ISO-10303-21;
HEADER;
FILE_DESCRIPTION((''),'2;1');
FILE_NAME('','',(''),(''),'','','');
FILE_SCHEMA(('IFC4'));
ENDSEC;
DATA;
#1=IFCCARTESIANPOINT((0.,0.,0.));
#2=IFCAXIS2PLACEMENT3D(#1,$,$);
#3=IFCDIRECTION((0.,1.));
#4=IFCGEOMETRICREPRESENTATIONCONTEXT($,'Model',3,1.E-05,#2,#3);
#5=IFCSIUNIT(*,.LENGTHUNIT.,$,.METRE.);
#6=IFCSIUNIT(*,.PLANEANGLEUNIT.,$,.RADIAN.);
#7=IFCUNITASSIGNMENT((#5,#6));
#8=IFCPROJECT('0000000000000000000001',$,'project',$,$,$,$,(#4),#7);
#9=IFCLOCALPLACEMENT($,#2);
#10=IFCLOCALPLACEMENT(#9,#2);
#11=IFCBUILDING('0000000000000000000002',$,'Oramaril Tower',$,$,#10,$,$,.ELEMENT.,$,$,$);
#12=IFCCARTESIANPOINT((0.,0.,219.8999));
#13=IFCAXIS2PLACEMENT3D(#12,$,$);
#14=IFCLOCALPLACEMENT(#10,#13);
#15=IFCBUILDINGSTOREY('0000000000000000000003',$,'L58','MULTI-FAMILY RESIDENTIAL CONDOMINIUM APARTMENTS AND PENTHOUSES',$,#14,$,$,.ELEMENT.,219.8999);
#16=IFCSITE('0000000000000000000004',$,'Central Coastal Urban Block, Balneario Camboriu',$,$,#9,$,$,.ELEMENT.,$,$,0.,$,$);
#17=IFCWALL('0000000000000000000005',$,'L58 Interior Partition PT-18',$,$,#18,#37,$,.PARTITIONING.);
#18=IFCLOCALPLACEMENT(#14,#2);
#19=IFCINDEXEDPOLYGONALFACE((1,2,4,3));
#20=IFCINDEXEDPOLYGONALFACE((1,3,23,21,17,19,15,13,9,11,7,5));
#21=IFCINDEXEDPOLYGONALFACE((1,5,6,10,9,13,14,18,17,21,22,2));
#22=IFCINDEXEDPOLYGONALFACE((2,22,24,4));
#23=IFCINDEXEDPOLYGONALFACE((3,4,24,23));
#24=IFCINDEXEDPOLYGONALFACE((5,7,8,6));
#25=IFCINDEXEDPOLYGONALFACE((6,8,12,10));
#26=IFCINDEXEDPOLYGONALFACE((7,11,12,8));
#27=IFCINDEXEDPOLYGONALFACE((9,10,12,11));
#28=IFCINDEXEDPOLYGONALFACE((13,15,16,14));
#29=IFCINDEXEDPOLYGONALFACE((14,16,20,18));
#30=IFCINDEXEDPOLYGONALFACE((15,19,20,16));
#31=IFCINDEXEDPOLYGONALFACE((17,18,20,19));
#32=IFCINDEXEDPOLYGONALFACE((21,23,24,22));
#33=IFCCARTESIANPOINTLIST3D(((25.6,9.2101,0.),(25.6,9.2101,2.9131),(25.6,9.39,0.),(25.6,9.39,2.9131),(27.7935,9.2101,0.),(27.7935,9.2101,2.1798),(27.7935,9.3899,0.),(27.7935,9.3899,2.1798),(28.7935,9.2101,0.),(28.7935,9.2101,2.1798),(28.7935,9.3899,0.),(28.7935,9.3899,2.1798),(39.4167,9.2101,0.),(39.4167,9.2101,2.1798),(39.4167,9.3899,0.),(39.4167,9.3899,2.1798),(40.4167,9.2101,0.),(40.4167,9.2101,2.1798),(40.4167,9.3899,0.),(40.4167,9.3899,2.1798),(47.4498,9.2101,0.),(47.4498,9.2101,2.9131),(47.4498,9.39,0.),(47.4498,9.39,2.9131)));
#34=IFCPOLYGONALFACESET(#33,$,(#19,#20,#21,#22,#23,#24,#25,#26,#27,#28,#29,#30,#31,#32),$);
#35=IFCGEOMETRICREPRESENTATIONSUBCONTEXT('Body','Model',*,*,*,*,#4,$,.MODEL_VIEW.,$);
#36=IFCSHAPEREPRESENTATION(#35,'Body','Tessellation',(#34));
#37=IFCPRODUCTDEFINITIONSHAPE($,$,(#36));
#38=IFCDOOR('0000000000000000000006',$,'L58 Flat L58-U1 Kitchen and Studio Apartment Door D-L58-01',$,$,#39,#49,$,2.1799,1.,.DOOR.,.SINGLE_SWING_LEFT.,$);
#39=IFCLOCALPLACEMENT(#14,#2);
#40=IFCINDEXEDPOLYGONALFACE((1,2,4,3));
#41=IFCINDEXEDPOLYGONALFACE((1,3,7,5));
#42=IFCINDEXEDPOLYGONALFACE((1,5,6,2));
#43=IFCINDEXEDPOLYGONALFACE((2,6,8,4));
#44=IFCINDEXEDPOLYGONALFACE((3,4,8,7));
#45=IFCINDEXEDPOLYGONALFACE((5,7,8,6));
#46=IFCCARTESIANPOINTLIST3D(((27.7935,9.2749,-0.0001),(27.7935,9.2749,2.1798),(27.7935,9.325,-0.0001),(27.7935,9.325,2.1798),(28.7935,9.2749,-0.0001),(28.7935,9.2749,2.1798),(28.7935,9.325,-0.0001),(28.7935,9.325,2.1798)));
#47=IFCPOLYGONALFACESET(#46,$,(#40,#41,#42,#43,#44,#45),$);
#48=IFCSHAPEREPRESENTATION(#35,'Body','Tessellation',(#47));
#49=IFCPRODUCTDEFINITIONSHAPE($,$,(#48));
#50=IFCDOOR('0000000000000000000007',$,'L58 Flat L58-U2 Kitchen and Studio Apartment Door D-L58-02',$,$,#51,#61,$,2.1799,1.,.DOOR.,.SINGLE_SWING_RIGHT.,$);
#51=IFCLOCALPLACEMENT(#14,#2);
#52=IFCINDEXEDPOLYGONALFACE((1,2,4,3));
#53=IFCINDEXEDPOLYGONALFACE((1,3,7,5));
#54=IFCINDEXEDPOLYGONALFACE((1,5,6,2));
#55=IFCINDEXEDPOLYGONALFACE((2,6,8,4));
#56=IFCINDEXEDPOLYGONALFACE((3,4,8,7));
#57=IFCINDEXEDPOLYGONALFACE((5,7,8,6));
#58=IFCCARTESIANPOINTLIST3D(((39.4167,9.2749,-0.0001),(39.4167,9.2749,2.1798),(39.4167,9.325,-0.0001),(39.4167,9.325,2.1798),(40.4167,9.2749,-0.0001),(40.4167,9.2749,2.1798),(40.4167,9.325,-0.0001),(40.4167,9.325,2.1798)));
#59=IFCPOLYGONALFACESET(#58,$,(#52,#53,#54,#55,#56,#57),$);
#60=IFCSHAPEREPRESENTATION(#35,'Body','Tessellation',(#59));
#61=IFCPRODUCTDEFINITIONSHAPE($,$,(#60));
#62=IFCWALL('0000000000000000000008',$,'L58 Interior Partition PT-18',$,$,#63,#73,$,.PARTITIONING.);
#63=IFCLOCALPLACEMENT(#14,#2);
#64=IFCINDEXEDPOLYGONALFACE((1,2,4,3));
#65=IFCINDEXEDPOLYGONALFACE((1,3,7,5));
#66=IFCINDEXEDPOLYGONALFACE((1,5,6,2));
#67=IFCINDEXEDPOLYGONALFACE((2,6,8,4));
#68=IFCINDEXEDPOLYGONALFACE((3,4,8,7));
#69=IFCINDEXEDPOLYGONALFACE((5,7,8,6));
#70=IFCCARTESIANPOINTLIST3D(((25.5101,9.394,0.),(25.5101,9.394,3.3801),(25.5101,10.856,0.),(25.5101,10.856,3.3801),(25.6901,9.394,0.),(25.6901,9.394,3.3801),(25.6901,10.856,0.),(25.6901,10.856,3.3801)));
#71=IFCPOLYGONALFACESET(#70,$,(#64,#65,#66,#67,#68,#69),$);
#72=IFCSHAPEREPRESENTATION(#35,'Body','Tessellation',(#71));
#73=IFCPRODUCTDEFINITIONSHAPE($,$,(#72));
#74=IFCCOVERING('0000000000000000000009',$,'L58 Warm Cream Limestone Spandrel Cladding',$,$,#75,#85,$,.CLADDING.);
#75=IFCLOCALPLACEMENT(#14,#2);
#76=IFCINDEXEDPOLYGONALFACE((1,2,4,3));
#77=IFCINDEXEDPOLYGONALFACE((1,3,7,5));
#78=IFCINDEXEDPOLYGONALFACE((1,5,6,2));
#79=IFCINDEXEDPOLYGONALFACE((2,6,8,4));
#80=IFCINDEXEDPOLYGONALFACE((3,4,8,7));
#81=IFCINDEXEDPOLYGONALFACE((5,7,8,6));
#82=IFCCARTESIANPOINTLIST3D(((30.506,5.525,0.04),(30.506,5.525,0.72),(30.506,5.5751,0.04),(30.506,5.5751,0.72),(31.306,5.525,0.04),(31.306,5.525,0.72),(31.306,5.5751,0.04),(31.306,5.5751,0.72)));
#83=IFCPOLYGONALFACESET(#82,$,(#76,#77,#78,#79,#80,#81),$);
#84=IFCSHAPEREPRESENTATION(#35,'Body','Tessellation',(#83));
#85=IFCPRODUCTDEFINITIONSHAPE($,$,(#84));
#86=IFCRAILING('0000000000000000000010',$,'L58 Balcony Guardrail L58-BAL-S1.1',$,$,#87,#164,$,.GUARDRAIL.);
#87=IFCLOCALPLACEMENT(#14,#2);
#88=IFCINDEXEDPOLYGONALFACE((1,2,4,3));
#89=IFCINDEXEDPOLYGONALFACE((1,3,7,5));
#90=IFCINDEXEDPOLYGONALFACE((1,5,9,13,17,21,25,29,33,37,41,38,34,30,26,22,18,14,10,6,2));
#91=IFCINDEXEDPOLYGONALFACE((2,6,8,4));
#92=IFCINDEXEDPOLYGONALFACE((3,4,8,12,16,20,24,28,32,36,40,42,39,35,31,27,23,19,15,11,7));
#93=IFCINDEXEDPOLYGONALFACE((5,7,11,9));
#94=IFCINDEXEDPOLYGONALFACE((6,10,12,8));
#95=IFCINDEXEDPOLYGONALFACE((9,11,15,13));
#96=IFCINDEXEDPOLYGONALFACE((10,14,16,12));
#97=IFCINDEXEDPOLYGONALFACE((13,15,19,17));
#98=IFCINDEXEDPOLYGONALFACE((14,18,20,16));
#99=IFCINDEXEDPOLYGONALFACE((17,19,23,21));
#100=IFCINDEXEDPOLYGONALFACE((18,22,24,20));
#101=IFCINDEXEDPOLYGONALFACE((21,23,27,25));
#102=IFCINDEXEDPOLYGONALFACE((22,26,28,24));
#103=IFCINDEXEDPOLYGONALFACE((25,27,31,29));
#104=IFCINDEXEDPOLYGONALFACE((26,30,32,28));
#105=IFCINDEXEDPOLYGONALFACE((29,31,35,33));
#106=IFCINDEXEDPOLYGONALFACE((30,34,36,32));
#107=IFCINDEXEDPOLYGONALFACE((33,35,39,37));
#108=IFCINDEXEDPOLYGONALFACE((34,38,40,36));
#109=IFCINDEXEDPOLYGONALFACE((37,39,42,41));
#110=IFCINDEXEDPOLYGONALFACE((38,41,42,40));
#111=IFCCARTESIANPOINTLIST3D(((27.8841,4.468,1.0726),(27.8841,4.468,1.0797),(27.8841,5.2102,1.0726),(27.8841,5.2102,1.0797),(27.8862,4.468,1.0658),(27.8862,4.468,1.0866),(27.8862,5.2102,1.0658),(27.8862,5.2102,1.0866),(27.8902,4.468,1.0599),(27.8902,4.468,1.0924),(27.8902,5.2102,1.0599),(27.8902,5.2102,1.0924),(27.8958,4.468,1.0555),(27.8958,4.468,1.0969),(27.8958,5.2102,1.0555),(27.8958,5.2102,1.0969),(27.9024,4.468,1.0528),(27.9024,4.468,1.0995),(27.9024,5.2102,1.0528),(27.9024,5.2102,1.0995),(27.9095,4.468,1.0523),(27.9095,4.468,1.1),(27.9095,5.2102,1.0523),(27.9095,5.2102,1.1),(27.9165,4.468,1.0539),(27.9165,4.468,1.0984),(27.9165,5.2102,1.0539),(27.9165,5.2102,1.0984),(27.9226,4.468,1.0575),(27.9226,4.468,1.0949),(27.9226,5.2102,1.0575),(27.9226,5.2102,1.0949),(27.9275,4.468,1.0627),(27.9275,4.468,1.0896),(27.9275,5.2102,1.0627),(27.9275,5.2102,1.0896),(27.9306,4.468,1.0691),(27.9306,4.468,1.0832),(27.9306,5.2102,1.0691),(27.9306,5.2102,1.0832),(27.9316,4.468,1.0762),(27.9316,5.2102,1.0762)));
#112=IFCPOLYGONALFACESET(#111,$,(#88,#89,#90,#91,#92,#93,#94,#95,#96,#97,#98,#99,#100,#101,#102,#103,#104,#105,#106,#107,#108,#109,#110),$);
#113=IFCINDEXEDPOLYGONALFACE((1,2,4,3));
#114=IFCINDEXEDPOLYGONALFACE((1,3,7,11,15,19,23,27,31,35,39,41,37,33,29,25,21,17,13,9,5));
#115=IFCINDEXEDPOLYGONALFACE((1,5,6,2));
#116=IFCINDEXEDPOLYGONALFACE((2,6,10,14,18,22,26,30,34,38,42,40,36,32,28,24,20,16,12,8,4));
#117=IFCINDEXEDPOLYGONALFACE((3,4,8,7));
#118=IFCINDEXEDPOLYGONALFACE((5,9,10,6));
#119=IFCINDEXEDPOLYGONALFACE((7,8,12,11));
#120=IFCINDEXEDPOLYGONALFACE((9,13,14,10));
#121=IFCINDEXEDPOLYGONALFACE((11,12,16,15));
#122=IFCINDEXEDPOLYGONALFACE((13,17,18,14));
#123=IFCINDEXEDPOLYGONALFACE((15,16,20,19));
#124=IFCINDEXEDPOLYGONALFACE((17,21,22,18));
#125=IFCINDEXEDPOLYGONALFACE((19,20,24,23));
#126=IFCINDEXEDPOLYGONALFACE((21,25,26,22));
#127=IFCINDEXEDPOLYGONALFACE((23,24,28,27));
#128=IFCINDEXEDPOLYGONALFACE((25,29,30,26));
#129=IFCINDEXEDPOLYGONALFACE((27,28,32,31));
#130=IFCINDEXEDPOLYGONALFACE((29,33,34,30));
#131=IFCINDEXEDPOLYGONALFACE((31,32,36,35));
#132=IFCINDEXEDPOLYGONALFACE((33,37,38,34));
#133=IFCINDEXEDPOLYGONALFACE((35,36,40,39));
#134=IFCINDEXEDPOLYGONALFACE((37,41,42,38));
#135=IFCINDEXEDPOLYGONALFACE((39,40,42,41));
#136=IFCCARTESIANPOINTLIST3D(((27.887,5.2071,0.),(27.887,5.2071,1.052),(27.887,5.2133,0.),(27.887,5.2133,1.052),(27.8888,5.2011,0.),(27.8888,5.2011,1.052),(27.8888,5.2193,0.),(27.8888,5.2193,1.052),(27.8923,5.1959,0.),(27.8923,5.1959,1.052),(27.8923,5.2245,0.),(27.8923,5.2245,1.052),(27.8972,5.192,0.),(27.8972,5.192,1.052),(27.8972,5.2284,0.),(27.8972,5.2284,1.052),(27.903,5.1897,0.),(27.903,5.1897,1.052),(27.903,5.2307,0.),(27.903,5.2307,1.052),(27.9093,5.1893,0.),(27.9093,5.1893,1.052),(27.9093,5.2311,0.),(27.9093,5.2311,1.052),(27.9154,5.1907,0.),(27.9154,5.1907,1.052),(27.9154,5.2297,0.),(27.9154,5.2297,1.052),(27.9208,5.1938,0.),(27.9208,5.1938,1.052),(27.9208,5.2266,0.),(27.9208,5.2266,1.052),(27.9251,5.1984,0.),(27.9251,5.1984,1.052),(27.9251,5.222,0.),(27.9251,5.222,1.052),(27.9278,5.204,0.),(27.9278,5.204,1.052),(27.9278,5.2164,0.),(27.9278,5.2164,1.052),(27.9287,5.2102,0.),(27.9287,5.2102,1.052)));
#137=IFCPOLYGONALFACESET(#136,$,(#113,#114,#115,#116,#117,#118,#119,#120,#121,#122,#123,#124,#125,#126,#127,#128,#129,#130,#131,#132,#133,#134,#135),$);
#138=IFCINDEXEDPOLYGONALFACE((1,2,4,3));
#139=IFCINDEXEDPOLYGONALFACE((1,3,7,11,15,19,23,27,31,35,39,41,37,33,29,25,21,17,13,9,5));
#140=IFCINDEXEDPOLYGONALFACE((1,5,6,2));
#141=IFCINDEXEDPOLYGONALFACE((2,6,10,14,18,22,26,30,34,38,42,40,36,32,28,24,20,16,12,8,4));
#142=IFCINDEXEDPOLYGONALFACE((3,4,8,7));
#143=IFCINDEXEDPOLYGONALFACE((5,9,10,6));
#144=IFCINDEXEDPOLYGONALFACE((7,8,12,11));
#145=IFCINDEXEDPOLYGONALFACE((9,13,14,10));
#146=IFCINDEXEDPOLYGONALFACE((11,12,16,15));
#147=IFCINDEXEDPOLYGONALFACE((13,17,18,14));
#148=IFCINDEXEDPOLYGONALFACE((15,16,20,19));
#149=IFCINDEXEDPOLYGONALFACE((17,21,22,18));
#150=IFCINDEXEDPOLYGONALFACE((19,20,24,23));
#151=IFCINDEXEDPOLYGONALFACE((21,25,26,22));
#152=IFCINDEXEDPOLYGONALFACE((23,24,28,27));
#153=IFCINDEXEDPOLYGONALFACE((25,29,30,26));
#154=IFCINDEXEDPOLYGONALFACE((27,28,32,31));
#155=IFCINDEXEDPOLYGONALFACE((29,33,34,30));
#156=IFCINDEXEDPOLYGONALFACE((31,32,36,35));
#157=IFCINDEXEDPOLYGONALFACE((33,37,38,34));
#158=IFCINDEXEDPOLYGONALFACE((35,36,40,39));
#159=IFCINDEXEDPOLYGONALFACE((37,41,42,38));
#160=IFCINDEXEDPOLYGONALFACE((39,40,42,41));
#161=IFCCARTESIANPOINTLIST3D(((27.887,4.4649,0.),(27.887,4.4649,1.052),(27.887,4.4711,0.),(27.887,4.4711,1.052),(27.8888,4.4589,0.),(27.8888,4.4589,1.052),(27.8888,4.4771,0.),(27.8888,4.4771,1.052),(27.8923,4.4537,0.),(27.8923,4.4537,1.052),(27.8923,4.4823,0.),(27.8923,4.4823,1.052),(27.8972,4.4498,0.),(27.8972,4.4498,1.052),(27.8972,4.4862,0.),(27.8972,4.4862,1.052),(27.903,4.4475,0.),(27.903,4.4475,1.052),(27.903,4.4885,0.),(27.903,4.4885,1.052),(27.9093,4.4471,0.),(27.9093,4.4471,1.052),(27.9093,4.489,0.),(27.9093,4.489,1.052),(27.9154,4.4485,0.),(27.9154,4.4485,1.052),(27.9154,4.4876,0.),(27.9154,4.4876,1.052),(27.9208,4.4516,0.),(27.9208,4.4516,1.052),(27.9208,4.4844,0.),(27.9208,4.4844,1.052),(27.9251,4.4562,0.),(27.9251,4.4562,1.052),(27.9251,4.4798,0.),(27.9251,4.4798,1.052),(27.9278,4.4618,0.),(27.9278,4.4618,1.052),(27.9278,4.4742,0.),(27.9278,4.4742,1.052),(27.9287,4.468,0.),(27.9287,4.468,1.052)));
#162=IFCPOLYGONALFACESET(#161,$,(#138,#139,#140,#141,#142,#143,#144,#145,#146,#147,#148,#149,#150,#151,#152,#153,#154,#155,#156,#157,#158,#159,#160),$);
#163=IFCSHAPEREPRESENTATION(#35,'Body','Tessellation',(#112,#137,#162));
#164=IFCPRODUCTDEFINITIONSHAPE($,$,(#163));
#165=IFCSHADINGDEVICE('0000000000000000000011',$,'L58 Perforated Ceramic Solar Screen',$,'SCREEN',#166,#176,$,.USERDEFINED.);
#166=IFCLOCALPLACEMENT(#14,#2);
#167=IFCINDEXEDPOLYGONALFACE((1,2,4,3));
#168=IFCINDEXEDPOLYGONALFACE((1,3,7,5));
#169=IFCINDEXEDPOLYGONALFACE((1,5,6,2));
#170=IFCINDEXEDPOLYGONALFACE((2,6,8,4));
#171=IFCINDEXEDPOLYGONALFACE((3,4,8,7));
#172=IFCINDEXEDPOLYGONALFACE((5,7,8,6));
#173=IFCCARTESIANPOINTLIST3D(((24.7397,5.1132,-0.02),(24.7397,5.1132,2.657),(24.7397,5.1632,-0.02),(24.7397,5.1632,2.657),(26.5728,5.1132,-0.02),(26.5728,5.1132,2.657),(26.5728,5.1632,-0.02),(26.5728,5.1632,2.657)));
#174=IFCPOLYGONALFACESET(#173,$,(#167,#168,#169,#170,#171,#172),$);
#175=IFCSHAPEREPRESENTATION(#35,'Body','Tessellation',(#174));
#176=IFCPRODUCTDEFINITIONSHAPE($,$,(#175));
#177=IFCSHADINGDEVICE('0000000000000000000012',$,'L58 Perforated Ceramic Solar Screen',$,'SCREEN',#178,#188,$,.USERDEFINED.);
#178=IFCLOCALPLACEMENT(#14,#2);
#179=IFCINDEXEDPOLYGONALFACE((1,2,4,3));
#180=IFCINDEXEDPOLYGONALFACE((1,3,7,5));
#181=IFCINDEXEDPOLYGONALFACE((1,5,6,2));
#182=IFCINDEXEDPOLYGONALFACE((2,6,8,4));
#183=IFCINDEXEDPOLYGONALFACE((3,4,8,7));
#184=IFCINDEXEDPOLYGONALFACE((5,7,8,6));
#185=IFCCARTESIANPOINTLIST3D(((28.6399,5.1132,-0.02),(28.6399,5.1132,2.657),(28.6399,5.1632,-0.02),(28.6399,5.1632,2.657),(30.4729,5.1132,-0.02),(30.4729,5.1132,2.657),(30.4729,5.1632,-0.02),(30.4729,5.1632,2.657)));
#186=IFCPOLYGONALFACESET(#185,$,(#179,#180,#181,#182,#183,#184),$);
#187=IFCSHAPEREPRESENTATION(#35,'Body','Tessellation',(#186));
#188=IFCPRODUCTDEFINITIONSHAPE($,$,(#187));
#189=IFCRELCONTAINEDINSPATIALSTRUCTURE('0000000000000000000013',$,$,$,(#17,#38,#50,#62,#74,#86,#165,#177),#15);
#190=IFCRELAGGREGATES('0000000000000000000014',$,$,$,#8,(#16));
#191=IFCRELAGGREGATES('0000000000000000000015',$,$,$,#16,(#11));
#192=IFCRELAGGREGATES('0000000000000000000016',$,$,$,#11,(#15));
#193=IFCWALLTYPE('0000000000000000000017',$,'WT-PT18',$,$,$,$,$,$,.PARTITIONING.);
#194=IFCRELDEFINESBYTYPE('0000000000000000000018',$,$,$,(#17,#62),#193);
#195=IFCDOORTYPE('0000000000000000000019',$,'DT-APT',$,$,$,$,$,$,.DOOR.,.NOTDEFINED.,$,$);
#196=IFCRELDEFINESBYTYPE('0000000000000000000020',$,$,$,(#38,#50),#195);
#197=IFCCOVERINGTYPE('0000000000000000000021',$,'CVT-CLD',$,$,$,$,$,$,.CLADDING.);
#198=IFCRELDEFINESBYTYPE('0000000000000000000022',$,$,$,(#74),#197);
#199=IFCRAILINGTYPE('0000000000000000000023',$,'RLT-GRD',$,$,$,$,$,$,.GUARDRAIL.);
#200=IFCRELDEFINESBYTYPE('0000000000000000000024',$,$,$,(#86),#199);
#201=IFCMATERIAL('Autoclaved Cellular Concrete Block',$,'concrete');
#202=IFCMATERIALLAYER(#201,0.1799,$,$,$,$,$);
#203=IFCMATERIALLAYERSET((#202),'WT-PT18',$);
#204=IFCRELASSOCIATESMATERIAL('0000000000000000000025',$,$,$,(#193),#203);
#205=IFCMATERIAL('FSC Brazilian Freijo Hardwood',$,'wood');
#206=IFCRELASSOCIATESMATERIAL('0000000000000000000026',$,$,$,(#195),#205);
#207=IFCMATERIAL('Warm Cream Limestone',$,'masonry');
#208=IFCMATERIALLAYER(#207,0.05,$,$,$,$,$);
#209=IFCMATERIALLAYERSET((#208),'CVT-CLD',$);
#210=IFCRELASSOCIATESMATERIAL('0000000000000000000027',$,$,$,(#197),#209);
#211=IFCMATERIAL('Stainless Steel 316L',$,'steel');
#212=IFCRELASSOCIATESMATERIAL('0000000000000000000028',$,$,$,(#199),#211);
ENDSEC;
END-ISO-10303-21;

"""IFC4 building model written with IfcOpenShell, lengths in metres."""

from ifc_helpers import new_model, si_unit, direction, frame, frame_2d, origin, origin_2d, place, context, subcontext, project, spatial, rectangle, circle, extrude, material, layer, layer_set, type_object, element, fill, save


model = new_model("IFC4")

# Units and contexts
model_context = context("Model", 3, precision=1e-05, world=origin(), true_north=direction((0.0, 1.0)))
body_context = subcontext(model_context, "Body", "Model", "MODEL_VIEW")
ifc_project = project(units=[si_unit("LENGTHUNIT", "METRE"), si_unit("PLANEANGLEUNIT", "RADIAN")], contexts=[model_context])

# Site, building, storey
site_placement = place(None, origin())
site = spatial("IfcSite", under=ifc_project, at=site_placement, Name="Central Coastal Urban Block, Balneario Camboriu", CompositionType="ELEMENT", RefElevation=0.0)
building_placement = place(site_placement, origin())
building = spatial("IfcBuilding", under=site, at=building_placement, Name="Oramaril Tower", CompositionType="ELEMENT")
storey_placement = place(building_placement, frame((0.0, 0.0, 219.8999)))
storey = spatial("IfcBuildingStorey", under=building, at=storey_placement, Name="L58", Description="MULTI-FAMILY RESIDENTIAL CONDOMINIUM APARTMENTS AND PENTHOUSES", CompositionType="ELEMENT", Elevation=219.8999)

# Wall, openings, doors
ifc_material_1 = material(Name="Autoclaved Cellular Concrete Block", Category="concrete")
ifc_layer_1 = layer(ifc_material_1, 0.1799)
ifc_layer_set_1 = layer_set([ifc_layer_1], Name="WT-PT18")
wall_type_1 = type_object("IfcWallType", Name="WT-PT18", PredefinedType="PARTITIONING", material=ifc_layer_set_1)
wall_1_placement = place(storey_placement, frame((25.6001, 9.3, 0.0), z_axis=(0.0, 0.0, 1.0), x_axis=(1.0, 0.0, 0.0)))
wall_1 = element("IfcWall", 1, at=wall_1_placement, inside=storey, type_object=wall_type_1, Name="L58 Interior Partition PT-18", PredefinedType="PARTITIONING", context=body_context, shape_type="SweptSolid", body=[
    extrude(rectangle(XDim=21.8499, YDim=0.1799, at=frame_2d((10.9248, 0.0))), origin(), (0.0, 0.0, 1.0), 2.9131),
])
opening_1_placement = place(wall_1_placement, frame((2.1934, 0.0, 0.0)))
opening_1 = element("IfcOpeningElement", 2, at=opening_1_placement, cuts=wall_1, PredefinedType="OPENING", context=body_context, shape_type="SweptSolid", body=[
    extrude(rectangle(XDim=1.0, YDim=2.1799, at=frame_2d((0.5, 1.0898))), frame((0.0, 0.0898, 0.0), z_axis=(0.0, -1.0, 0.0), x_axis=(1.0, 0.0, 0.0)), (0.0, 0.0, 1.0), 0.1799),
])
opening_2_placement = place(wall_1_placement, frame((13.8167, 0.0, 0.0)))
opening_2 = element("IfcOpeningElement", 3, at=opening_2_placement, cuts=wall_1, PredefinedType="OPENING", context=body_context, shape_type="SweptSolid", body=[
    extrude(rectangle(XDim=1.0, YDim=2.1799, at=frame_2d((0.5, 1.0898))), frame((0.0, 0.0898, 0.0), z_axis=(0.0, -1.0, 0.0), x_axis=(1.0, 0.0, 0.0)), (0.0, 0.0, 1.0), 0.1799),
])
ifc_material_2 = material(Name="FSC Brazilian Freijo Hardwood", Category="wood")
door_type_1 = type_object("IfcDoorType", Name="DT-APT", OperationType="NOTDEFINED", PredefinedType="DOOR", material=ifc_material_2)
door_1_placement = place(opening_1_placement, origin())
door_1 = element("IfcDoor", 4, at=door_1_placement, inside=storey, type_object=door_type_1, Name="L58 Flat L58-U1 Kitchen and Studio Apartment Door D-L58-01", OperationType="SINGLE_SWING_LEFT", OverallHeight=2.1799, OverallWidth=1.0, PredefinedType="DOOR", context=body_context, shape_type="SweptSolid", body=[
    extrude(rectangle(XDim=1.0, YDim=2.1799, at=frame_2d((0.5, 1.0898))), frame((0.0, 0.0249, 0.0), z_axis=(0.0, -1.0, 0.0), x_axis=(1.0, 0.0, 0.0)), (0.0, 0.0, 1.0), 0.05),
])
fill(opening_1, door_1)
door_2_placement = place(opening_2_placement, origin())
door_2 = element("IfcDoor", 5, at=door_2_placement, inside=storey, type_object=door_type_1, Name="L58 Flat L58-U2 Kitchen and Studio Apartment Door D-L58-02", OperationType="SINGLE_SWING_RIGHT", OverallHeight=2.1799, OverallWidth=1.0, PredefinedType="DOOR", context=body_context, shape_type="SweptSolid", body=[
    extrude(rectangle(XDim=1.0, YDim=2.1799, at=frame_2d((0.5, 1.0898))), frame((0.0, 0.0249, 0.0), z_axis=(0.0, -1.0, 0.0), x_axis=(1.0, 0.0, 0.0)), (0.0, 0.0, 1.0), 0.05),
])
fill(opening_2, door_2)

# Wall
wall_2_placement = place(storey_placement, frame((25.6001, 9.394, 0.0), z_axis=(0.0, 0.0, 1.0), x_axis=(0.0, 1.0, 0.0)))
element("IfcWall", 6, at=wall_2_placement, inside=storey, type_object=wall_type_1, Name="L58 Interior Partition PT-18", PredefinedType="PARTITIONING", context=body_context, shape_type="SweptSolid", body=[
    extrude(rectangle(XDim=1.4619, YDim=0.1799, at=frame_2d((0.731, 0.0))), origin(), (0.0, 0.0, 1.0), 3.3801),
])

# Covering
ifc_material_3 = material(Name="Warm Cream Limestone", Category="masonry")
ifc_layer_2 = layer(ifc_material_3, 0.05)
ifc_layer_set_2 = layer_set([ifc_layer_2], Name="CVT-CLD")
covering_type = type_object("IfcCoveringType", Name="CVT-CLD", PredefinedType="CLADDING", material=ifc_layer_set_2)
covering_placement = place(storey_placement, frame((30.906, 5.55, 0.04), z_axis=(0.0, 0.0, 1.0), x_axis=(1.0, 0.0, 0.0)))
element("IfcCovering", 7, at=covering_placement, inside=storey, type_object=covering_type, Name="L58 Warm Cream Limestone Spandrel Cladding", PredefinedType="CLADDING", context=body_context, shape_type="SweptSolid", body=[
    extrude(rectangle(XDim=0.8, YDim=0.05, at=origin_2d()), origin(), (0.0, 0.0, 1.0), 0.6799),
])

# Railing
ifc_material_4 = material(Name="Stainless Steel 316L", Category="steel")
railing_type = type_object("IfcRailingType", Name="RLT-GRD", PredefinedType="GUARDRAIL", material=ifc_material_4)
railing_1_placement = place(storey_placement, frame((27.9077, 5.2102, 0.0)))
element("IfcRailing", 8, at=railing_1_placement, inside=storey, type_object=railing_type, Name="L58 Balcony Guardrail L58-BAL-S1.1", PredefinedType="GUARDRAIL", context=body_context, shape_type="SweptSolid", body=[
    extrude(circle(Radius=0.0239, at=origin_2d()), frame((0.0, 0.0, 1.0762), z_axis=(0.0, -1.0, 0.0), x_axis=(1.0, 0.0, 0.0)), (0.0, 0.0, 1.0), 0.7422),
    extrude(circle(Radius=0.021, at=origin_2d()), origin(), (0.0, 0.0, 1.0), 1.052),
    extrude(circle(Radius=0.021, at=origin_2d()), frame((0.0, -0.7422, 0.0)), (0.0, 0.0, 1.0), 1.052),
])

# Shading devices
for number, where, z_axis, x_axis, name in (
    (9, (25.6562, 5.1382, -0.02), (0.0, 0.0, 1.0), (1.0, 0.0, 0.0), "L58 Perforated Ceramic Solar Screen"),
    (10, (29.5564, 5.1382, -0.02), (0.0, 0.0, 1.0), (1.0, 0.0, 0.0), "L58 Perforated Ceramic Solar Screen"),
):
    element("IfcShadingDevice", number, at=place(storey_placement, frame(where, z_axis=z_axis, x_axis=x_axis)), inside=storey, Name=name, ObjectType="SCREEN", PredefinedType="USERDEFINED", context=body_context, shape_type="SweptSolid", body=[
        extrude(rectangle(XDim=1.833, YDim=0.05, at=origin_2d()), origin(), (0.0, 0.0, 1.0), 2.677),
    ])

save(model, "model.ifc")
